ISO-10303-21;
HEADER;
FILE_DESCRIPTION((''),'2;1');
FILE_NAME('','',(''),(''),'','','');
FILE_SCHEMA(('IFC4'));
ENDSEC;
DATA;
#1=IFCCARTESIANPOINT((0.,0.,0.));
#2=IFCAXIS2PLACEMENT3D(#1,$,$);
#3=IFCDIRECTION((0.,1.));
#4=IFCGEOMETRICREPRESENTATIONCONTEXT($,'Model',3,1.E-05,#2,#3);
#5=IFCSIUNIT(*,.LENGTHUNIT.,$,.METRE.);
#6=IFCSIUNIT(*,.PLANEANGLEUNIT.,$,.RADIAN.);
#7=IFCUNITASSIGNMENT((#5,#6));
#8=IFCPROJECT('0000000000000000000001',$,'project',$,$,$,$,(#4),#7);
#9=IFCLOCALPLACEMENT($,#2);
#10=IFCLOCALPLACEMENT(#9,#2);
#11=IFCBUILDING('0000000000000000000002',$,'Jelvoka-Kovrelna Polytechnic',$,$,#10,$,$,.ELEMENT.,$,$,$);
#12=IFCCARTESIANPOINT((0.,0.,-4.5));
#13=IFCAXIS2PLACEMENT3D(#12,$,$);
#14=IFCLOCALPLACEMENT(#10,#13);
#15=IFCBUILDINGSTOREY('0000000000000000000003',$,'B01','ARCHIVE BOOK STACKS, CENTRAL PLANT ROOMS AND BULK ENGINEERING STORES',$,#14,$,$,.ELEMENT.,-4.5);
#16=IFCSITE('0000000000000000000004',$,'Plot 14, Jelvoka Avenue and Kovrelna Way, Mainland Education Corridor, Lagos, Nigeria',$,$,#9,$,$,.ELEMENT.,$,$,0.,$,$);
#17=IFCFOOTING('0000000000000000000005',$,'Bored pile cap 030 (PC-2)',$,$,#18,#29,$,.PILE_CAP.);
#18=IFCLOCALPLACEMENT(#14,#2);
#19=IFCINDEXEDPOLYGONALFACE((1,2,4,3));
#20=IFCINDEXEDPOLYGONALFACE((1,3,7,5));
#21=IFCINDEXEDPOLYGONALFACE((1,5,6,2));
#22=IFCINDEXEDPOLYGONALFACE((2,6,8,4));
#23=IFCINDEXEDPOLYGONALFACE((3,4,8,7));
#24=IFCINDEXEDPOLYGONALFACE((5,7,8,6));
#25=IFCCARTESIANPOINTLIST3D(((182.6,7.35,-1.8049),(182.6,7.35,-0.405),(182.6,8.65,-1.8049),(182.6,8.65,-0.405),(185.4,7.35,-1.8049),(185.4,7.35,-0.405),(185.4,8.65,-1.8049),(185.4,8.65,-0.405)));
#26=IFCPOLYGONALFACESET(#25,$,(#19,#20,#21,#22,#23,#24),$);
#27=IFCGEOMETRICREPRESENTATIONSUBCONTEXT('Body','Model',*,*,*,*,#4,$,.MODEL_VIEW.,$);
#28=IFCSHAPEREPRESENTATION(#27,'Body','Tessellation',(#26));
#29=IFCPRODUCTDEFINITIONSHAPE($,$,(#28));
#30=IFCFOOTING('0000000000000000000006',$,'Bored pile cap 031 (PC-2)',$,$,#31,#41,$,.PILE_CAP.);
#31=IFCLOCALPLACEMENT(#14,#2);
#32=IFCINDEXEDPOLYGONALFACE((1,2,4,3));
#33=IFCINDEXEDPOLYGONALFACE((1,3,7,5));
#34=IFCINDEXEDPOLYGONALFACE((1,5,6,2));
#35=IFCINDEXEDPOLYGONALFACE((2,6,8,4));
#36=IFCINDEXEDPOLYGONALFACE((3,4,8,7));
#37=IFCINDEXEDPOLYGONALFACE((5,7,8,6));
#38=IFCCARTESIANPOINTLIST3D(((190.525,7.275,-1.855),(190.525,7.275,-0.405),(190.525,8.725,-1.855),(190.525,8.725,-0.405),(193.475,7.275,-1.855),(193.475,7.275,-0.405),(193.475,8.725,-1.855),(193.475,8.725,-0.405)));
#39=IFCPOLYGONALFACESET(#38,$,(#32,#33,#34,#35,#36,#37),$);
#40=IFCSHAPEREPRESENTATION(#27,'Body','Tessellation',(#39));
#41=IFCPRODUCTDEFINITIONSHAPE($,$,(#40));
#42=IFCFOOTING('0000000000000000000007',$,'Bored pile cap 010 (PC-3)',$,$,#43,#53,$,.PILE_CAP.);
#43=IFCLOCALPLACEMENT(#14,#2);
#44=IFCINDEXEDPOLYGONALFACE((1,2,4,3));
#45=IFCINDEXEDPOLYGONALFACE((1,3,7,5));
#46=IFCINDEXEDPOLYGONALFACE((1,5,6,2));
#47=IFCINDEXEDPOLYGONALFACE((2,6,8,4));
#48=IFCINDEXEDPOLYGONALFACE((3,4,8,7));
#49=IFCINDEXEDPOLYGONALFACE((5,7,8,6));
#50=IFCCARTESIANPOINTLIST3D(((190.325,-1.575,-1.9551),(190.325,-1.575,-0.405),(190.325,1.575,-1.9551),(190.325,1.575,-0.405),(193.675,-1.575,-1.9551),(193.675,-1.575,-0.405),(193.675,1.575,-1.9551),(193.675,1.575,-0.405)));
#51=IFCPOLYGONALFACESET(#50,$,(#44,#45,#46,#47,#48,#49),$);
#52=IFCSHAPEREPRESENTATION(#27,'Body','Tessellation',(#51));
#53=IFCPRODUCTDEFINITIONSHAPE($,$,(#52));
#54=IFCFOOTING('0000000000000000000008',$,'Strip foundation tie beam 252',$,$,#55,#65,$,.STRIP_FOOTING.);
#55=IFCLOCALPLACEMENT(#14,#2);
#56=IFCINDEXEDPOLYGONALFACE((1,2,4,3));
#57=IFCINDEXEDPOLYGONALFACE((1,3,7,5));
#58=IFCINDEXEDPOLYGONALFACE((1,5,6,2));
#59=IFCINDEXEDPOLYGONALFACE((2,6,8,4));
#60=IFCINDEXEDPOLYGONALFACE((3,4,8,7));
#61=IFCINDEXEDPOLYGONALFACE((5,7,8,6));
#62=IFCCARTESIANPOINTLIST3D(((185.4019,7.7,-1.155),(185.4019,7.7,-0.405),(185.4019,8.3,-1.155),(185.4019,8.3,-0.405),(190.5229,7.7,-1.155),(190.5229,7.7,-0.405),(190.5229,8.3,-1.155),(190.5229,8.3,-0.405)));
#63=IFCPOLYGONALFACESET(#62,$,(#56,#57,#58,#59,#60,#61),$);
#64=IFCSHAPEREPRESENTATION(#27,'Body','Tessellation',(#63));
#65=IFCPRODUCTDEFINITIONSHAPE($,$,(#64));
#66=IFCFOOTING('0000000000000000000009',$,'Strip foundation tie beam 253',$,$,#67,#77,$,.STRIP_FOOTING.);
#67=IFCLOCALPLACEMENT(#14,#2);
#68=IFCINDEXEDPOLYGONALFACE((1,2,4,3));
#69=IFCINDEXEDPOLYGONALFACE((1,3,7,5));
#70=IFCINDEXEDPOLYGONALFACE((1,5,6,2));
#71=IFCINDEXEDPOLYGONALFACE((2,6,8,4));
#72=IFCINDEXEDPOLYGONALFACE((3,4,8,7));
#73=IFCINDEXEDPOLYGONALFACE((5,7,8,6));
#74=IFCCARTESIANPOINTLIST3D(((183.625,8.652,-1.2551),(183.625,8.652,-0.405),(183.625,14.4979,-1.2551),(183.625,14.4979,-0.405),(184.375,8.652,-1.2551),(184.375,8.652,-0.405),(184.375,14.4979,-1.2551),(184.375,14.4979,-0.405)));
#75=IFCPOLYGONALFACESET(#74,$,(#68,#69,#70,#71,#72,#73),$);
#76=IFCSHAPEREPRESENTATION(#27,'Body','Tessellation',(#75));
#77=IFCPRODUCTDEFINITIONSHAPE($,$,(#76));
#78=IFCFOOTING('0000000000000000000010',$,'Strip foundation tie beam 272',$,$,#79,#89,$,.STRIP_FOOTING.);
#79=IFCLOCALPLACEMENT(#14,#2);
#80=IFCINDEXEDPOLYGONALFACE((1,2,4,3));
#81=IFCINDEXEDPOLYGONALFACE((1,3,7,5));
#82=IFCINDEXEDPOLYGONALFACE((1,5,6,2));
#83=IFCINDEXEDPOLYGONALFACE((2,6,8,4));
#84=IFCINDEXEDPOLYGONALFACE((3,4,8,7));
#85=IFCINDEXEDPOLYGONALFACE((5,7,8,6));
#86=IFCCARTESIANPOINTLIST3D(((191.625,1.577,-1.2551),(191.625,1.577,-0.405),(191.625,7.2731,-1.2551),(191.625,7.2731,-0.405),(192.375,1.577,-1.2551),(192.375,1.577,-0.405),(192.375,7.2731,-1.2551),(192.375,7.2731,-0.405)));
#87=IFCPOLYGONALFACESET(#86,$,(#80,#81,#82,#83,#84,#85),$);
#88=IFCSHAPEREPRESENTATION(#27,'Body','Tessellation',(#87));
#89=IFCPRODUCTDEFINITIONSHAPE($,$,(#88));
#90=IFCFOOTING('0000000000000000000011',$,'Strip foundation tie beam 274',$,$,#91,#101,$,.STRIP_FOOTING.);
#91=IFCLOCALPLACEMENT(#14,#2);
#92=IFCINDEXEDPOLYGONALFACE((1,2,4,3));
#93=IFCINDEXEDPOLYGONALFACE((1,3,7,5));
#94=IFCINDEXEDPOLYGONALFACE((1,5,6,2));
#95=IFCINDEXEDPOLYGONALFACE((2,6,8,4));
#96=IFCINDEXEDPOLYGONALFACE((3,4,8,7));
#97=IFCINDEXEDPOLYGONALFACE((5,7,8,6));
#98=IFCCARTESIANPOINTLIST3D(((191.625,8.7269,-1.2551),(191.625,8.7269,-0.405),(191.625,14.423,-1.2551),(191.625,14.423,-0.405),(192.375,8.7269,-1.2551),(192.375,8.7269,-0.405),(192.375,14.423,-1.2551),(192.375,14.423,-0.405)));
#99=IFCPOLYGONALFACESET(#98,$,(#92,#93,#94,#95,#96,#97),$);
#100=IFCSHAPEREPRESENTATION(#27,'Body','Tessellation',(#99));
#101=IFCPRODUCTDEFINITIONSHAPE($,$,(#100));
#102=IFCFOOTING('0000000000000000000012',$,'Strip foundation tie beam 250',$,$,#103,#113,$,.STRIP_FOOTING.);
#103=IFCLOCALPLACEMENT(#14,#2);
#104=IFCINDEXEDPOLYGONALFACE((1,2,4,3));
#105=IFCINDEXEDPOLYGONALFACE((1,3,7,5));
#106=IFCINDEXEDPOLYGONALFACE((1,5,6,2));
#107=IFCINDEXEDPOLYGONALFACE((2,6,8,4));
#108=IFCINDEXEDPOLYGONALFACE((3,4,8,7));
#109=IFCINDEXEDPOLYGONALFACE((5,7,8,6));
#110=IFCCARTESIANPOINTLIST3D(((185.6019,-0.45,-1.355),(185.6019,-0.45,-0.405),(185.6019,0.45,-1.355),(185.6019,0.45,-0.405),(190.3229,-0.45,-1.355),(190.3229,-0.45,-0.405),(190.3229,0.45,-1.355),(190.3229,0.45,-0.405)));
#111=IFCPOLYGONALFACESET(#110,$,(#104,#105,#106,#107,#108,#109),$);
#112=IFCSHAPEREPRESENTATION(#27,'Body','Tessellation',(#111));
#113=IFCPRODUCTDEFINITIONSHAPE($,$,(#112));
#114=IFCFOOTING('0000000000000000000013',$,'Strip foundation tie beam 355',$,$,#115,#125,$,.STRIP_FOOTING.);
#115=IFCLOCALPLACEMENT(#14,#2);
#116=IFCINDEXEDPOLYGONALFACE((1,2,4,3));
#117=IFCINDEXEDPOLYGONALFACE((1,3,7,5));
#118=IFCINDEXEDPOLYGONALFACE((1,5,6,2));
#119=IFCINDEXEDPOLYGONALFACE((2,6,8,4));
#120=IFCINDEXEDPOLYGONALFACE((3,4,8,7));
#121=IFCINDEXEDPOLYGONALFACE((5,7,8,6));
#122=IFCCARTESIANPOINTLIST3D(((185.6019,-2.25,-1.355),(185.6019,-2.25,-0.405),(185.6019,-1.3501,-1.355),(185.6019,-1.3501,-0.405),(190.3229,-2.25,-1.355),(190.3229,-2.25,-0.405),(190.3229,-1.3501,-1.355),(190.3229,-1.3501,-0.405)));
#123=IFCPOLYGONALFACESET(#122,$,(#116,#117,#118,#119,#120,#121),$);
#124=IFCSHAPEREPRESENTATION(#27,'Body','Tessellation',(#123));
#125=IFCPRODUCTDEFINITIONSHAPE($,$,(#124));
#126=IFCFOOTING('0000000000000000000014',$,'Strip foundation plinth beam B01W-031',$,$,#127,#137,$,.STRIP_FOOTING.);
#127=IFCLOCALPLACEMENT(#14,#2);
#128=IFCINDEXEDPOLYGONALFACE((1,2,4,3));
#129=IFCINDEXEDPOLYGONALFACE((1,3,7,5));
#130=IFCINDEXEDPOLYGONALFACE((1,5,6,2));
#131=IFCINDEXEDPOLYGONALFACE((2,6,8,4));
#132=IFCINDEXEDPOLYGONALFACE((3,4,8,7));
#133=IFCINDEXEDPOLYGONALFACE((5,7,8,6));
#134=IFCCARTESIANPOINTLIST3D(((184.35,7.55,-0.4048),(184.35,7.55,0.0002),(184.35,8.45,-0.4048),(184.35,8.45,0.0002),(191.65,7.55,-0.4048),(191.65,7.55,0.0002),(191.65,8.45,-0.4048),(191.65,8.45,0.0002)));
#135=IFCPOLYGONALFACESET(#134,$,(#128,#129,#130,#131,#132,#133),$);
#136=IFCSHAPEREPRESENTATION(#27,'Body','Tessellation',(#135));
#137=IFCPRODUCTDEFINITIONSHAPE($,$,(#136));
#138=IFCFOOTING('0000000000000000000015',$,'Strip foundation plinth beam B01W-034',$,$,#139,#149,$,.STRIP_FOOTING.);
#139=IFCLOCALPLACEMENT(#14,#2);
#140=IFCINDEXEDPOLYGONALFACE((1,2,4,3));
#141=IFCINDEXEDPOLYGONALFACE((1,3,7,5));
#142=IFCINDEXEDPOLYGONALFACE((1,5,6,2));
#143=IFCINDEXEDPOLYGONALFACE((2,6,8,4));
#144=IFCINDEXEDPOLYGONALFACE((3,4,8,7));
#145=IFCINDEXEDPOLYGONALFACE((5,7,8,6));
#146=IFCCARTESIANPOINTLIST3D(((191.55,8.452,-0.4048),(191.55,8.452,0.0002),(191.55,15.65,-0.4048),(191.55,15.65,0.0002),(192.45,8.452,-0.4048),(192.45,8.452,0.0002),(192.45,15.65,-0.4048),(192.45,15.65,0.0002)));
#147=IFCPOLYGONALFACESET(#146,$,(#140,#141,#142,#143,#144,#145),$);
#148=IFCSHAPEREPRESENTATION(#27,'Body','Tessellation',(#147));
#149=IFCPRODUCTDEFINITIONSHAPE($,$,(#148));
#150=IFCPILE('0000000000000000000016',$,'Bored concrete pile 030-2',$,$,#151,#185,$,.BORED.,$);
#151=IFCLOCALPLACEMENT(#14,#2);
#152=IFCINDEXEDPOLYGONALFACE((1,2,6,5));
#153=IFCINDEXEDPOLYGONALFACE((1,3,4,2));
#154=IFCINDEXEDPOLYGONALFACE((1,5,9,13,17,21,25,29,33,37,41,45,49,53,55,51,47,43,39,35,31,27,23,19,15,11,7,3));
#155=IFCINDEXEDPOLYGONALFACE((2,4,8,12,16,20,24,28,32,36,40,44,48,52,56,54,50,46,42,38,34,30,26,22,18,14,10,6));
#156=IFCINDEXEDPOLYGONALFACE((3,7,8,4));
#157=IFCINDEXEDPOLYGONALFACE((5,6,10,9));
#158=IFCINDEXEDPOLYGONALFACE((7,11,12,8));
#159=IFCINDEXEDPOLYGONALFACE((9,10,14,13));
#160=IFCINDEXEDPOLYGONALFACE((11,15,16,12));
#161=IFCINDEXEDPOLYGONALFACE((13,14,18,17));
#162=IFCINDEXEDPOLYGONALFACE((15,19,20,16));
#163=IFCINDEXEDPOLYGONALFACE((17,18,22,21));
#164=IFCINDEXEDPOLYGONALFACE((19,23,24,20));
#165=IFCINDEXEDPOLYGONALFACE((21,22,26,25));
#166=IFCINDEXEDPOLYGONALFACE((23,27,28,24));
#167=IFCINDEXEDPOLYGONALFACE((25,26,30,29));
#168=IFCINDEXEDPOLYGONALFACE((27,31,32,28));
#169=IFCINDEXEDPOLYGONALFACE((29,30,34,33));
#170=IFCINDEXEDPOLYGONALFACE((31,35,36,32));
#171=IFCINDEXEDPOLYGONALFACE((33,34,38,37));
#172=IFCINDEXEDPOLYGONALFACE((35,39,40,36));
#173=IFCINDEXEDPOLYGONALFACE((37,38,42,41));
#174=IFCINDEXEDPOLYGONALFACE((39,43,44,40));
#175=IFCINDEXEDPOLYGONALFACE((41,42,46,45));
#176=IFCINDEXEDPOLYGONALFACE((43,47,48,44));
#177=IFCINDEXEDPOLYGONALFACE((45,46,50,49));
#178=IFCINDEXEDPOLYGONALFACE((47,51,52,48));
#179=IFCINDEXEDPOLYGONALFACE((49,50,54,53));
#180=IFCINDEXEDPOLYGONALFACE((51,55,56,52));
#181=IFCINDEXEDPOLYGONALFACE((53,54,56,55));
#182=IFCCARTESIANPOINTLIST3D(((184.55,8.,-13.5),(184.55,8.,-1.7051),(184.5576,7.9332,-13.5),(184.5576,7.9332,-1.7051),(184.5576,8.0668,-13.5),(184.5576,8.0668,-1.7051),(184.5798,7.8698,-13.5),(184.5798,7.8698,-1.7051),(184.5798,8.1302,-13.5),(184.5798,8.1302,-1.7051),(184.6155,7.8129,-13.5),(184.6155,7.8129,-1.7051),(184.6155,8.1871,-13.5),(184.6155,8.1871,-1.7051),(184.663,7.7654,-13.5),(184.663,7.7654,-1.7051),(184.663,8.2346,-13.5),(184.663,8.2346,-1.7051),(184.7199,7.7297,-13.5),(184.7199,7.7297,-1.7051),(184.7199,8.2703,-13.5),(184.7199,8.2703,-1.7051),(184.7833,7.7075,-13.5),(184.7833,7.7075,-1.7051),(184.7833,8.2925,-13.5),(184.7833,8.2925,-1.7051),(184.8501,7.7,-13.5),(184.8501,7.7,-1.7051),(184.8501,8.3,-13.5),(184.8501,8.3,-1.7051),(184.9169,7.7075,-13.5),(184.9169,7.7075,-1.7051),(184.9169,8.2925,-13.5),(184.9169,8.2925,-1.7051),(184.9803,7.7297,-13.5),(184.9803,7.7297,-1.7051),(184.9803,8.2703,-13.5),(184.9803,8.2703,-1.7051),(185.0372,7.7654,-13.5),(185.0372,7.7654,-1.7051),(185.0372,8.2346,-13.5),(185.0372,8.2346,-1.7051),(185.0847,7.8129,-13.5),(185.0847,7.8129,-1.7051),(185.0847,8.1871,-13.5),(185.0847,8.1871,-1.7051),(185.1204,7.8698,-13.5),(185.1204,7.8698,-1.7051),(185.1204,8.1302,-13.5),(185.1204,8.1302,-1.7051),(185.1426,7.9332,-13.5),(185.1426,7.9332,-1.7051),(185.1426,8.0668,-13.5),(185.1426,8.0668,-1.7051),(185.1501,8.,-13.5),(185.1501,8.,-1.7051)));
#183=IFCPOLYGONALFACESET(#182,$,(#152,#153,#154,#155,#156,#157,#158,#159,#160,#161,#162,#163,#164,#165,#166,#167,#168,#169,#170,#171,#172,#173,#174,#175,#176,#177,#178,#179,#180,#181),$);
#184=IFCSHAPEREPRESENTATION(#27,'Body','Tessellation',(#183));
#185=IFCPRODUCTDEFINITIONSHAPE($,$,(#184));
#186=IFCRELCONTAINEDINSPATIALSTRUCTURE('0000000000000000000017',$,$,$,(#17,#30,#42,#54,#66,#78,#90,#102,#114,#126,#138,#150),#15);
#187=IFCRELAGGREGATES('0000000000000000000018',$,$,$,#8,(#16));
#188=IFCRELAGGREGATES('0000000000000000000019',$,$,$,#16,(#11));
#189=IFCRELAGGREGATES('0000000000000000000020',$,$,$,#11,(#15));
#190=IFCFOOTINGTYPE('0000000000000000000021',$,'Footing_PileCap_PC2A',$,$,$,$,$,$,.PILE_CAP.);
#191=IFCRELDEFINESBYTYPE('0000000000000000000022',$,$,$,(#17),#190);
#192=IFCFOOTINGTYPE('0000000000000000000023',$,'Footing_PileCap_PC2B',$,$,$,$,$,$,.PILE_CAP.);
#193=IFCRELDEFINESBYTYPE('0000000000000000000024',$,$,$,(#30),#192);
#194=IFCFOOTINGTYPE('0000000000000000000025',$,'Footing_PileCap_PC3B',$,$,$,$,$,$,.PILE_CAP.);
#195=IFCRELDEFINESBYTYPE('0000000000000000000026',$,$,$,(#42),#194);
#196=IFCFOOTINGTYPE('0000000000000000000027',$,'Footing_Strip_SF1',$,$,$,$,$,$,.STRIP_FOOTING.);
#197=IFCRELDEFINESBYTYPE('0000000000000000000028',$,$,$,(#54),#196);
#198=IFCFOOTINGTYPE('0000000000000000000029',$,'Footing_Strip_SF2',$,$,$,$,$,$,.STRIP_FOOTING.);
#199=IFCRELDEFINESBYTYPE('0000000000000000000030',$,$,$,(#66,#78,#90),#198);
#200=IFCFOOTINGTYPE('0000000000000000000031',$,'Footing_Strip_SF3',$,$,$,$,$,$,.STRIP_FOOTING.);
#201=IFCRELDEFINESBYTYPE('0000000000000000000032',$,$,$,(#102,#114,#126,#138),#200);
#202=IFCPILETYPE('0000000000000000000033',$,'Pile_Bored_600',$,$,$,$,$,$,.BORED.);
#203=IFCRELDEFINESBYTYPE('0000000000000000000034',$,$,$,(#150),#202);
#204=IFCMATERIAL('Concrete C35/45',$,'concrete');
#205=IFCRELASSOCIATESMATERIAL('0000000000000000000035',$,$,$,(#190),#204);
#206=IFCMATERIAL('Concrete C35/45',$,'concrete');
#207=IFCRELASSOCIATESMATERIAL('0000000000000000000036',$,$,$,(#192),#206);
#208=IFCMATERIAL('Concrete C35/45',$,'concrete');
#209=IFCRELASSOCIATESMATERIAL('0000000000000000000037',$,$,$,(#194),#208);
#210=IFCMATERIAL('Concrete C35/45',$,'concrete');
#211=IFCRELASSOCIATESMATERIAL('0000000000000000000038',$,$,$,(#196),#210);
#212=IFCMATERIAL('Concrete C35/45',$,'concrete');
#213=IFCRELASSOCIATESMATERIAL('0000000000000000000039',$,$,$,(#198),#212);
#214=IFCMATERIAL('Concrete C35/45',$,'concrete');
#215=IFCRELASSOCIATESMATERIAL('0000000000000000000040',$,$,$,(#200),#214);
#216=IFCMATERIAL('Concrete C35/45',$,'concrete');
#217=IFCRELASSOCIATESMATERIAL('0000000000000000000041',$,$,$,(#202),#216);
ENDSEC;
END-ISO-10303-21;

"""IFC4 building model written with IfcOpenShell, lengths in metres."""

from ifc_helpers import new_model, si_unit, direction, frame, origin, origin_2d, place, context, subcontext, project, spatial, rectangle, circle, extrude, material, material_profile, profile_set, type_object, element, save


model = new_model("IFC4")

# Units and contexts
model_context = context("Model", 3, precision=1e-05, world=origin(), true_north=direction((0.0, 1.0)))
body_context = subcontext(model_context, "Body", "Model", "MODEL_VIEW")
ifc_project = project(units=[si_unit("LENGTHUNIT", "METRE"), si_unit("PLANEANGLEUNIT", "RADIAN")], contexts=[model_context])

# Site, building, storey
site_placement = place(None, origin())
site = spatial("IfcSite", under=ifc_project, at=site_placement, Name="Plot 14, Jelvoka Avenue and Kovrelna Way, Mainland Education Corridor, Lagos, Nigeria", CompositionType="ELEMENT", RefElevation=0.0)
building_placement = place(site_placement, origin())
building = spatial("IfcBuilding", under=site, at=building_placement, Name="Jelvoka-Kovrelna Polytechnic", CompositionType="ELEMENT")
storey_placement = place(building_placement, frame((0.0, 0.0, -4.5)))
storey = spatial("IfcBuildingStorey", under=building, at=storey_placement, Name="B01", Description="ARCHIVE BOOK STACKS, CENTRAL PLANT ROOMS AND BULK ENGINEERING STORES", CompositionType="ELEMENT", Elevation=-4.5)

# Footings
ifc_material_1 = material(Name="Concrete C35/45", Category="concrete")
footing_type_1 = type_object("IfcFootingType", Name="Footing_PileCap_PC2A", PredefinedType="PILE_CAP", material=ifc_material_1)
footing_1_placement = place(storey_placement, frame((184.0, 8.0, -1.8049), z_axis=(0.0, 0.0, 1.0), x_axis=(1.0, 0.0, 0.0)))
element("IfcFooting", 1, at=footing_1_placement, inside=storey, type_object=footing_type_1, Name="Bored pile cap 030 (PC-2)", PredefinedType="PILE_CAP", context=body_context, shape_type="SweptSolid", body=[
    extrude(rectangle(XDim=2.8, YDim=1.3, at=origin_2d()), origin(), (0.0, 0.0, 1.0), 1.3999),
])
ifc_material_2 = material(Name="Concrete C35/45", Category="concrete")
footing_type_2 = type_object("IfcFootingType", Name="Footing_PileCap_PC2B", PredefinedType="PILE_CAP", material=ifc_material_2)
footing_2_placement = place(storey_placement, frame((192.0, 8.0, -1.855), z_axis=(0.0, 0.0, 1.0), x_axis=(1.0, 0.0, 0.0)))
element("IfcFooting", 2, at=footing_2_placement, inside=storey, type_object=footing_type_2, Name="Bored pile cap 031 (PC-2)", PredefinedType="PILE_CAP", context=body_context, shape_type="SweptSolid", body=[
    extrude(rectangle(XDim=2.95, YDim=1.45, at=origin_2d()), origin(), (0.0, 0.0, 1.0), 1.45),
])
ifc_material_3 = material(Name="Concrete C35/45", Category="concrete")
footing_type_3 = type_object("IfcFootingType", Name="Footing_PileCap_PC3B", PredefinedType="PILE_CAP", material=ifc_material_3)
footing_3_placement = place(storey_placement, frame((192.0, 0.0, -1.9551), z_axis=(0.0, 0.0, 1.0), x_axis=(1.0, 0.0, 0.0)))
element("IfcFooting", 3, at=footing_3_placement, inside=storey, type_object=footing_type_3, Name="Bored pile cap 010 (PC-3)", PredefinedType="PILE_CAP", context=body_context, shape_type="SweptSolid", body=[
    extrude(rectangle(XDim=3.3501, YDim=3.1499, at=origin_2d()), origin(), (0.0, 0.0, 1.0), 1.55),
])
ifc_material_4 = material(Name="Concrete C35/45", Category="concrete")
footing_type_4 = type_object("IfcFootingType", Name="Footing_Strip_SF1", PredefinedType="STRIP_FOOTING", material=ifc_material_4)
footing_4_placement = place(storey_placement, frame((187.9624, 8.0, -1.155), z_axis=(0.0, 0.0, 1.0), x_axis=(1.0, 0.0, 0.0)))
element("IfcFooting", 4, at=footing_4_placement, inside=storey, type_object=footing_type_4, Name="Strip foundation tie beam 252", PredefinedType="STRIP_FOOTING", context=body_context, shape_type="SweptSolid", body=[
    extrude(rectangle(XDim=5.1211, YDim=0.6001, at=origin_2d()), origin(), (0.0, 0.0, 1.0), 0.75),
])
ifc_material_5 = material(Name="Concrete C35/45", Category="concrete")
footing_type_5 = type_object("IfcFootingType", Name="Footing_Strip_SF2", PredefinedType="STRIP_FOOTING", material=ifc_material_5)
footing_5_placement = place(storey_placement, frame((184.0, 11.575, -1.2551), z_axis=(0.0, 0.0, 1.0), x_axis=(0.0, 1.0, 0.0)))
element("IfcFooting", 5, at=footing_5_placement, inside=storey, type_object=footing_type_5, Name="Strip foundation tie beam 253", PredefinedType="STRIP_FOOTING", context=body_context, shape_type="SweptSolid", body=[
    extrude(rectangle(XDim=5.8459, YDim=0.75, at=origin_2d()), origin(), (0.0, 0.0, 1.0), 0.8501),
])
for number, where, z_axis, x_axis, name in (
    (6, (192.0, 4.425, -1.2551), (0.0, 0.0, 1.0), (0.0, 1.0, 0.0), "Strip foundation tie beam 272"),
    (7, (192.0, 11.575, -1.2551), (0.0, 0.0, 1.0), (0.0, 1.0, 0.0), "Strip foundation tie beam 274"),
):
    element("IfcFooting", number, at=place(storey_placement, frame(where, z_axis=z_axis, x_axis=x_axis)), inside=storey, type_object=footing_type_5, Name=name, PredefinedType="STRIP_FOOTING", context=body_context, shape_type="SweptSolid", body=[
        extrude(rectangle(XDim=5.696, YDim=0.75, at=origin_2d()), origin(), (0.0, 0.0, 1.0), 0.8501),
    ])
ifc_material_6 = material(Name="Concrete C35/45", Category="concrete")
footing_type_6 = type_object("IfcFootingType", Name="Footing_Strip_SF3", PredefinedType="STRIP_FOOTING", material=ifc_material_6)
for number, where, z_axis, x_axis, name in (
    (8, (187.9624, 0.0, -1.355), (0.0, 0.0, 1.0), (1.0, 0.0, 0.0), "Strip foundation tie beam 250"),
    (9, (187.9624, -1.8, -1.355), (0.0, 0.0, 1.0), (1.0, 0.0, 0.0), "Strip foundation tie beam 355"),
):
    element("IfcFooting", number, at=place(storey_placement, frame(where, z_axis=z_axis, x_axis=x_axis)), inside=storey, type_object=footing_type_6, Name=name, PredefinedType="STRIP_FOOTING", context=body_context, shape_type="SweptSolid", body=[
        extrude(rectangle(XDim=4.7209, YDim=0.8999, at=origin_2d()), origin(), (0.0, 0.0, 1.0), 0.95),
    ])
footing_6_placement = place(storey_placement, frame((188.0, 8.0, -0.4048), z_axis=(0.0, 0.0, 1.0), x_axis=(1.0, 0.0, 0.0)))
element("IfcFooting", 10, at=footing_6_placement, inside=storey, type_object=footing_type_6, Name="Strip foundation plinth beam B01W-031", PredefinedType="STRIP_FOOTING", context=body_context, shape_type="SweptSolid", body=[
    extrude(rectangle(XDim=7.3, YDim=0.8999, at=origin_2d()), origin(), (0.0, 0.0, 1.0), 0.405),
])
footing_7_placement = place(storey_placement, frame((192.0, 12.051, -0.4048), z_axis=(0.0, 0.0, 1.0), x_axis=(0.0, 1.0, 0.0)))
element("IfcFooting", 11, at=footing_7_placement, inside=storey, type_object=footing_type_6, Name="Strip foundation plinth beam B01W-034", PredefinedType="STRIP_FOOTING", context=body_context, shape_type="SweptSolid", body=[
    extrude(rectangle(XDim=7.198, YDim=0.8999, at=origin_2d()), origin(), (0.0, 0.0, 1.0), 0.405),
])

# Pile
ifc_material_7 = material(Name="Concrete C35/45", Category="concrete")
ifc_material_profile_1 = material_profile(ifc_material_7, circle(Radius=0.3, at=origin_2d()), Name="PILE D600")
ifc_profile_set_1 = profile_set([ifc_material_profile_1], Name="Concrete C35/45")
pile_type_1 = type_object("IfcPileType", Name="Pile_Bored_600", PredefinedType="BORED", material=ifc_profile_set_1)
pile_1_placement = place(storey_placement, frame((184.8501, 8.0, -1.7051), z_axis=(0.0, 0.0, -1.0), x_axis=(1.0, 0.0, 0.0)))
element("IfcPile", 12, at=pile_1_placement, inside=storey, type_object=pile_type_1, Name="Bored concrete pile 030-2", PredefinedType="BORED", context=body_context, shape_type="SweptSolid", body=[
    extrude(circle(Radius=0.3, at=origin_2d()), origin(), (0.0, 0.0, 1.0), 11.7949),
])

save(model, "model.ifc")
